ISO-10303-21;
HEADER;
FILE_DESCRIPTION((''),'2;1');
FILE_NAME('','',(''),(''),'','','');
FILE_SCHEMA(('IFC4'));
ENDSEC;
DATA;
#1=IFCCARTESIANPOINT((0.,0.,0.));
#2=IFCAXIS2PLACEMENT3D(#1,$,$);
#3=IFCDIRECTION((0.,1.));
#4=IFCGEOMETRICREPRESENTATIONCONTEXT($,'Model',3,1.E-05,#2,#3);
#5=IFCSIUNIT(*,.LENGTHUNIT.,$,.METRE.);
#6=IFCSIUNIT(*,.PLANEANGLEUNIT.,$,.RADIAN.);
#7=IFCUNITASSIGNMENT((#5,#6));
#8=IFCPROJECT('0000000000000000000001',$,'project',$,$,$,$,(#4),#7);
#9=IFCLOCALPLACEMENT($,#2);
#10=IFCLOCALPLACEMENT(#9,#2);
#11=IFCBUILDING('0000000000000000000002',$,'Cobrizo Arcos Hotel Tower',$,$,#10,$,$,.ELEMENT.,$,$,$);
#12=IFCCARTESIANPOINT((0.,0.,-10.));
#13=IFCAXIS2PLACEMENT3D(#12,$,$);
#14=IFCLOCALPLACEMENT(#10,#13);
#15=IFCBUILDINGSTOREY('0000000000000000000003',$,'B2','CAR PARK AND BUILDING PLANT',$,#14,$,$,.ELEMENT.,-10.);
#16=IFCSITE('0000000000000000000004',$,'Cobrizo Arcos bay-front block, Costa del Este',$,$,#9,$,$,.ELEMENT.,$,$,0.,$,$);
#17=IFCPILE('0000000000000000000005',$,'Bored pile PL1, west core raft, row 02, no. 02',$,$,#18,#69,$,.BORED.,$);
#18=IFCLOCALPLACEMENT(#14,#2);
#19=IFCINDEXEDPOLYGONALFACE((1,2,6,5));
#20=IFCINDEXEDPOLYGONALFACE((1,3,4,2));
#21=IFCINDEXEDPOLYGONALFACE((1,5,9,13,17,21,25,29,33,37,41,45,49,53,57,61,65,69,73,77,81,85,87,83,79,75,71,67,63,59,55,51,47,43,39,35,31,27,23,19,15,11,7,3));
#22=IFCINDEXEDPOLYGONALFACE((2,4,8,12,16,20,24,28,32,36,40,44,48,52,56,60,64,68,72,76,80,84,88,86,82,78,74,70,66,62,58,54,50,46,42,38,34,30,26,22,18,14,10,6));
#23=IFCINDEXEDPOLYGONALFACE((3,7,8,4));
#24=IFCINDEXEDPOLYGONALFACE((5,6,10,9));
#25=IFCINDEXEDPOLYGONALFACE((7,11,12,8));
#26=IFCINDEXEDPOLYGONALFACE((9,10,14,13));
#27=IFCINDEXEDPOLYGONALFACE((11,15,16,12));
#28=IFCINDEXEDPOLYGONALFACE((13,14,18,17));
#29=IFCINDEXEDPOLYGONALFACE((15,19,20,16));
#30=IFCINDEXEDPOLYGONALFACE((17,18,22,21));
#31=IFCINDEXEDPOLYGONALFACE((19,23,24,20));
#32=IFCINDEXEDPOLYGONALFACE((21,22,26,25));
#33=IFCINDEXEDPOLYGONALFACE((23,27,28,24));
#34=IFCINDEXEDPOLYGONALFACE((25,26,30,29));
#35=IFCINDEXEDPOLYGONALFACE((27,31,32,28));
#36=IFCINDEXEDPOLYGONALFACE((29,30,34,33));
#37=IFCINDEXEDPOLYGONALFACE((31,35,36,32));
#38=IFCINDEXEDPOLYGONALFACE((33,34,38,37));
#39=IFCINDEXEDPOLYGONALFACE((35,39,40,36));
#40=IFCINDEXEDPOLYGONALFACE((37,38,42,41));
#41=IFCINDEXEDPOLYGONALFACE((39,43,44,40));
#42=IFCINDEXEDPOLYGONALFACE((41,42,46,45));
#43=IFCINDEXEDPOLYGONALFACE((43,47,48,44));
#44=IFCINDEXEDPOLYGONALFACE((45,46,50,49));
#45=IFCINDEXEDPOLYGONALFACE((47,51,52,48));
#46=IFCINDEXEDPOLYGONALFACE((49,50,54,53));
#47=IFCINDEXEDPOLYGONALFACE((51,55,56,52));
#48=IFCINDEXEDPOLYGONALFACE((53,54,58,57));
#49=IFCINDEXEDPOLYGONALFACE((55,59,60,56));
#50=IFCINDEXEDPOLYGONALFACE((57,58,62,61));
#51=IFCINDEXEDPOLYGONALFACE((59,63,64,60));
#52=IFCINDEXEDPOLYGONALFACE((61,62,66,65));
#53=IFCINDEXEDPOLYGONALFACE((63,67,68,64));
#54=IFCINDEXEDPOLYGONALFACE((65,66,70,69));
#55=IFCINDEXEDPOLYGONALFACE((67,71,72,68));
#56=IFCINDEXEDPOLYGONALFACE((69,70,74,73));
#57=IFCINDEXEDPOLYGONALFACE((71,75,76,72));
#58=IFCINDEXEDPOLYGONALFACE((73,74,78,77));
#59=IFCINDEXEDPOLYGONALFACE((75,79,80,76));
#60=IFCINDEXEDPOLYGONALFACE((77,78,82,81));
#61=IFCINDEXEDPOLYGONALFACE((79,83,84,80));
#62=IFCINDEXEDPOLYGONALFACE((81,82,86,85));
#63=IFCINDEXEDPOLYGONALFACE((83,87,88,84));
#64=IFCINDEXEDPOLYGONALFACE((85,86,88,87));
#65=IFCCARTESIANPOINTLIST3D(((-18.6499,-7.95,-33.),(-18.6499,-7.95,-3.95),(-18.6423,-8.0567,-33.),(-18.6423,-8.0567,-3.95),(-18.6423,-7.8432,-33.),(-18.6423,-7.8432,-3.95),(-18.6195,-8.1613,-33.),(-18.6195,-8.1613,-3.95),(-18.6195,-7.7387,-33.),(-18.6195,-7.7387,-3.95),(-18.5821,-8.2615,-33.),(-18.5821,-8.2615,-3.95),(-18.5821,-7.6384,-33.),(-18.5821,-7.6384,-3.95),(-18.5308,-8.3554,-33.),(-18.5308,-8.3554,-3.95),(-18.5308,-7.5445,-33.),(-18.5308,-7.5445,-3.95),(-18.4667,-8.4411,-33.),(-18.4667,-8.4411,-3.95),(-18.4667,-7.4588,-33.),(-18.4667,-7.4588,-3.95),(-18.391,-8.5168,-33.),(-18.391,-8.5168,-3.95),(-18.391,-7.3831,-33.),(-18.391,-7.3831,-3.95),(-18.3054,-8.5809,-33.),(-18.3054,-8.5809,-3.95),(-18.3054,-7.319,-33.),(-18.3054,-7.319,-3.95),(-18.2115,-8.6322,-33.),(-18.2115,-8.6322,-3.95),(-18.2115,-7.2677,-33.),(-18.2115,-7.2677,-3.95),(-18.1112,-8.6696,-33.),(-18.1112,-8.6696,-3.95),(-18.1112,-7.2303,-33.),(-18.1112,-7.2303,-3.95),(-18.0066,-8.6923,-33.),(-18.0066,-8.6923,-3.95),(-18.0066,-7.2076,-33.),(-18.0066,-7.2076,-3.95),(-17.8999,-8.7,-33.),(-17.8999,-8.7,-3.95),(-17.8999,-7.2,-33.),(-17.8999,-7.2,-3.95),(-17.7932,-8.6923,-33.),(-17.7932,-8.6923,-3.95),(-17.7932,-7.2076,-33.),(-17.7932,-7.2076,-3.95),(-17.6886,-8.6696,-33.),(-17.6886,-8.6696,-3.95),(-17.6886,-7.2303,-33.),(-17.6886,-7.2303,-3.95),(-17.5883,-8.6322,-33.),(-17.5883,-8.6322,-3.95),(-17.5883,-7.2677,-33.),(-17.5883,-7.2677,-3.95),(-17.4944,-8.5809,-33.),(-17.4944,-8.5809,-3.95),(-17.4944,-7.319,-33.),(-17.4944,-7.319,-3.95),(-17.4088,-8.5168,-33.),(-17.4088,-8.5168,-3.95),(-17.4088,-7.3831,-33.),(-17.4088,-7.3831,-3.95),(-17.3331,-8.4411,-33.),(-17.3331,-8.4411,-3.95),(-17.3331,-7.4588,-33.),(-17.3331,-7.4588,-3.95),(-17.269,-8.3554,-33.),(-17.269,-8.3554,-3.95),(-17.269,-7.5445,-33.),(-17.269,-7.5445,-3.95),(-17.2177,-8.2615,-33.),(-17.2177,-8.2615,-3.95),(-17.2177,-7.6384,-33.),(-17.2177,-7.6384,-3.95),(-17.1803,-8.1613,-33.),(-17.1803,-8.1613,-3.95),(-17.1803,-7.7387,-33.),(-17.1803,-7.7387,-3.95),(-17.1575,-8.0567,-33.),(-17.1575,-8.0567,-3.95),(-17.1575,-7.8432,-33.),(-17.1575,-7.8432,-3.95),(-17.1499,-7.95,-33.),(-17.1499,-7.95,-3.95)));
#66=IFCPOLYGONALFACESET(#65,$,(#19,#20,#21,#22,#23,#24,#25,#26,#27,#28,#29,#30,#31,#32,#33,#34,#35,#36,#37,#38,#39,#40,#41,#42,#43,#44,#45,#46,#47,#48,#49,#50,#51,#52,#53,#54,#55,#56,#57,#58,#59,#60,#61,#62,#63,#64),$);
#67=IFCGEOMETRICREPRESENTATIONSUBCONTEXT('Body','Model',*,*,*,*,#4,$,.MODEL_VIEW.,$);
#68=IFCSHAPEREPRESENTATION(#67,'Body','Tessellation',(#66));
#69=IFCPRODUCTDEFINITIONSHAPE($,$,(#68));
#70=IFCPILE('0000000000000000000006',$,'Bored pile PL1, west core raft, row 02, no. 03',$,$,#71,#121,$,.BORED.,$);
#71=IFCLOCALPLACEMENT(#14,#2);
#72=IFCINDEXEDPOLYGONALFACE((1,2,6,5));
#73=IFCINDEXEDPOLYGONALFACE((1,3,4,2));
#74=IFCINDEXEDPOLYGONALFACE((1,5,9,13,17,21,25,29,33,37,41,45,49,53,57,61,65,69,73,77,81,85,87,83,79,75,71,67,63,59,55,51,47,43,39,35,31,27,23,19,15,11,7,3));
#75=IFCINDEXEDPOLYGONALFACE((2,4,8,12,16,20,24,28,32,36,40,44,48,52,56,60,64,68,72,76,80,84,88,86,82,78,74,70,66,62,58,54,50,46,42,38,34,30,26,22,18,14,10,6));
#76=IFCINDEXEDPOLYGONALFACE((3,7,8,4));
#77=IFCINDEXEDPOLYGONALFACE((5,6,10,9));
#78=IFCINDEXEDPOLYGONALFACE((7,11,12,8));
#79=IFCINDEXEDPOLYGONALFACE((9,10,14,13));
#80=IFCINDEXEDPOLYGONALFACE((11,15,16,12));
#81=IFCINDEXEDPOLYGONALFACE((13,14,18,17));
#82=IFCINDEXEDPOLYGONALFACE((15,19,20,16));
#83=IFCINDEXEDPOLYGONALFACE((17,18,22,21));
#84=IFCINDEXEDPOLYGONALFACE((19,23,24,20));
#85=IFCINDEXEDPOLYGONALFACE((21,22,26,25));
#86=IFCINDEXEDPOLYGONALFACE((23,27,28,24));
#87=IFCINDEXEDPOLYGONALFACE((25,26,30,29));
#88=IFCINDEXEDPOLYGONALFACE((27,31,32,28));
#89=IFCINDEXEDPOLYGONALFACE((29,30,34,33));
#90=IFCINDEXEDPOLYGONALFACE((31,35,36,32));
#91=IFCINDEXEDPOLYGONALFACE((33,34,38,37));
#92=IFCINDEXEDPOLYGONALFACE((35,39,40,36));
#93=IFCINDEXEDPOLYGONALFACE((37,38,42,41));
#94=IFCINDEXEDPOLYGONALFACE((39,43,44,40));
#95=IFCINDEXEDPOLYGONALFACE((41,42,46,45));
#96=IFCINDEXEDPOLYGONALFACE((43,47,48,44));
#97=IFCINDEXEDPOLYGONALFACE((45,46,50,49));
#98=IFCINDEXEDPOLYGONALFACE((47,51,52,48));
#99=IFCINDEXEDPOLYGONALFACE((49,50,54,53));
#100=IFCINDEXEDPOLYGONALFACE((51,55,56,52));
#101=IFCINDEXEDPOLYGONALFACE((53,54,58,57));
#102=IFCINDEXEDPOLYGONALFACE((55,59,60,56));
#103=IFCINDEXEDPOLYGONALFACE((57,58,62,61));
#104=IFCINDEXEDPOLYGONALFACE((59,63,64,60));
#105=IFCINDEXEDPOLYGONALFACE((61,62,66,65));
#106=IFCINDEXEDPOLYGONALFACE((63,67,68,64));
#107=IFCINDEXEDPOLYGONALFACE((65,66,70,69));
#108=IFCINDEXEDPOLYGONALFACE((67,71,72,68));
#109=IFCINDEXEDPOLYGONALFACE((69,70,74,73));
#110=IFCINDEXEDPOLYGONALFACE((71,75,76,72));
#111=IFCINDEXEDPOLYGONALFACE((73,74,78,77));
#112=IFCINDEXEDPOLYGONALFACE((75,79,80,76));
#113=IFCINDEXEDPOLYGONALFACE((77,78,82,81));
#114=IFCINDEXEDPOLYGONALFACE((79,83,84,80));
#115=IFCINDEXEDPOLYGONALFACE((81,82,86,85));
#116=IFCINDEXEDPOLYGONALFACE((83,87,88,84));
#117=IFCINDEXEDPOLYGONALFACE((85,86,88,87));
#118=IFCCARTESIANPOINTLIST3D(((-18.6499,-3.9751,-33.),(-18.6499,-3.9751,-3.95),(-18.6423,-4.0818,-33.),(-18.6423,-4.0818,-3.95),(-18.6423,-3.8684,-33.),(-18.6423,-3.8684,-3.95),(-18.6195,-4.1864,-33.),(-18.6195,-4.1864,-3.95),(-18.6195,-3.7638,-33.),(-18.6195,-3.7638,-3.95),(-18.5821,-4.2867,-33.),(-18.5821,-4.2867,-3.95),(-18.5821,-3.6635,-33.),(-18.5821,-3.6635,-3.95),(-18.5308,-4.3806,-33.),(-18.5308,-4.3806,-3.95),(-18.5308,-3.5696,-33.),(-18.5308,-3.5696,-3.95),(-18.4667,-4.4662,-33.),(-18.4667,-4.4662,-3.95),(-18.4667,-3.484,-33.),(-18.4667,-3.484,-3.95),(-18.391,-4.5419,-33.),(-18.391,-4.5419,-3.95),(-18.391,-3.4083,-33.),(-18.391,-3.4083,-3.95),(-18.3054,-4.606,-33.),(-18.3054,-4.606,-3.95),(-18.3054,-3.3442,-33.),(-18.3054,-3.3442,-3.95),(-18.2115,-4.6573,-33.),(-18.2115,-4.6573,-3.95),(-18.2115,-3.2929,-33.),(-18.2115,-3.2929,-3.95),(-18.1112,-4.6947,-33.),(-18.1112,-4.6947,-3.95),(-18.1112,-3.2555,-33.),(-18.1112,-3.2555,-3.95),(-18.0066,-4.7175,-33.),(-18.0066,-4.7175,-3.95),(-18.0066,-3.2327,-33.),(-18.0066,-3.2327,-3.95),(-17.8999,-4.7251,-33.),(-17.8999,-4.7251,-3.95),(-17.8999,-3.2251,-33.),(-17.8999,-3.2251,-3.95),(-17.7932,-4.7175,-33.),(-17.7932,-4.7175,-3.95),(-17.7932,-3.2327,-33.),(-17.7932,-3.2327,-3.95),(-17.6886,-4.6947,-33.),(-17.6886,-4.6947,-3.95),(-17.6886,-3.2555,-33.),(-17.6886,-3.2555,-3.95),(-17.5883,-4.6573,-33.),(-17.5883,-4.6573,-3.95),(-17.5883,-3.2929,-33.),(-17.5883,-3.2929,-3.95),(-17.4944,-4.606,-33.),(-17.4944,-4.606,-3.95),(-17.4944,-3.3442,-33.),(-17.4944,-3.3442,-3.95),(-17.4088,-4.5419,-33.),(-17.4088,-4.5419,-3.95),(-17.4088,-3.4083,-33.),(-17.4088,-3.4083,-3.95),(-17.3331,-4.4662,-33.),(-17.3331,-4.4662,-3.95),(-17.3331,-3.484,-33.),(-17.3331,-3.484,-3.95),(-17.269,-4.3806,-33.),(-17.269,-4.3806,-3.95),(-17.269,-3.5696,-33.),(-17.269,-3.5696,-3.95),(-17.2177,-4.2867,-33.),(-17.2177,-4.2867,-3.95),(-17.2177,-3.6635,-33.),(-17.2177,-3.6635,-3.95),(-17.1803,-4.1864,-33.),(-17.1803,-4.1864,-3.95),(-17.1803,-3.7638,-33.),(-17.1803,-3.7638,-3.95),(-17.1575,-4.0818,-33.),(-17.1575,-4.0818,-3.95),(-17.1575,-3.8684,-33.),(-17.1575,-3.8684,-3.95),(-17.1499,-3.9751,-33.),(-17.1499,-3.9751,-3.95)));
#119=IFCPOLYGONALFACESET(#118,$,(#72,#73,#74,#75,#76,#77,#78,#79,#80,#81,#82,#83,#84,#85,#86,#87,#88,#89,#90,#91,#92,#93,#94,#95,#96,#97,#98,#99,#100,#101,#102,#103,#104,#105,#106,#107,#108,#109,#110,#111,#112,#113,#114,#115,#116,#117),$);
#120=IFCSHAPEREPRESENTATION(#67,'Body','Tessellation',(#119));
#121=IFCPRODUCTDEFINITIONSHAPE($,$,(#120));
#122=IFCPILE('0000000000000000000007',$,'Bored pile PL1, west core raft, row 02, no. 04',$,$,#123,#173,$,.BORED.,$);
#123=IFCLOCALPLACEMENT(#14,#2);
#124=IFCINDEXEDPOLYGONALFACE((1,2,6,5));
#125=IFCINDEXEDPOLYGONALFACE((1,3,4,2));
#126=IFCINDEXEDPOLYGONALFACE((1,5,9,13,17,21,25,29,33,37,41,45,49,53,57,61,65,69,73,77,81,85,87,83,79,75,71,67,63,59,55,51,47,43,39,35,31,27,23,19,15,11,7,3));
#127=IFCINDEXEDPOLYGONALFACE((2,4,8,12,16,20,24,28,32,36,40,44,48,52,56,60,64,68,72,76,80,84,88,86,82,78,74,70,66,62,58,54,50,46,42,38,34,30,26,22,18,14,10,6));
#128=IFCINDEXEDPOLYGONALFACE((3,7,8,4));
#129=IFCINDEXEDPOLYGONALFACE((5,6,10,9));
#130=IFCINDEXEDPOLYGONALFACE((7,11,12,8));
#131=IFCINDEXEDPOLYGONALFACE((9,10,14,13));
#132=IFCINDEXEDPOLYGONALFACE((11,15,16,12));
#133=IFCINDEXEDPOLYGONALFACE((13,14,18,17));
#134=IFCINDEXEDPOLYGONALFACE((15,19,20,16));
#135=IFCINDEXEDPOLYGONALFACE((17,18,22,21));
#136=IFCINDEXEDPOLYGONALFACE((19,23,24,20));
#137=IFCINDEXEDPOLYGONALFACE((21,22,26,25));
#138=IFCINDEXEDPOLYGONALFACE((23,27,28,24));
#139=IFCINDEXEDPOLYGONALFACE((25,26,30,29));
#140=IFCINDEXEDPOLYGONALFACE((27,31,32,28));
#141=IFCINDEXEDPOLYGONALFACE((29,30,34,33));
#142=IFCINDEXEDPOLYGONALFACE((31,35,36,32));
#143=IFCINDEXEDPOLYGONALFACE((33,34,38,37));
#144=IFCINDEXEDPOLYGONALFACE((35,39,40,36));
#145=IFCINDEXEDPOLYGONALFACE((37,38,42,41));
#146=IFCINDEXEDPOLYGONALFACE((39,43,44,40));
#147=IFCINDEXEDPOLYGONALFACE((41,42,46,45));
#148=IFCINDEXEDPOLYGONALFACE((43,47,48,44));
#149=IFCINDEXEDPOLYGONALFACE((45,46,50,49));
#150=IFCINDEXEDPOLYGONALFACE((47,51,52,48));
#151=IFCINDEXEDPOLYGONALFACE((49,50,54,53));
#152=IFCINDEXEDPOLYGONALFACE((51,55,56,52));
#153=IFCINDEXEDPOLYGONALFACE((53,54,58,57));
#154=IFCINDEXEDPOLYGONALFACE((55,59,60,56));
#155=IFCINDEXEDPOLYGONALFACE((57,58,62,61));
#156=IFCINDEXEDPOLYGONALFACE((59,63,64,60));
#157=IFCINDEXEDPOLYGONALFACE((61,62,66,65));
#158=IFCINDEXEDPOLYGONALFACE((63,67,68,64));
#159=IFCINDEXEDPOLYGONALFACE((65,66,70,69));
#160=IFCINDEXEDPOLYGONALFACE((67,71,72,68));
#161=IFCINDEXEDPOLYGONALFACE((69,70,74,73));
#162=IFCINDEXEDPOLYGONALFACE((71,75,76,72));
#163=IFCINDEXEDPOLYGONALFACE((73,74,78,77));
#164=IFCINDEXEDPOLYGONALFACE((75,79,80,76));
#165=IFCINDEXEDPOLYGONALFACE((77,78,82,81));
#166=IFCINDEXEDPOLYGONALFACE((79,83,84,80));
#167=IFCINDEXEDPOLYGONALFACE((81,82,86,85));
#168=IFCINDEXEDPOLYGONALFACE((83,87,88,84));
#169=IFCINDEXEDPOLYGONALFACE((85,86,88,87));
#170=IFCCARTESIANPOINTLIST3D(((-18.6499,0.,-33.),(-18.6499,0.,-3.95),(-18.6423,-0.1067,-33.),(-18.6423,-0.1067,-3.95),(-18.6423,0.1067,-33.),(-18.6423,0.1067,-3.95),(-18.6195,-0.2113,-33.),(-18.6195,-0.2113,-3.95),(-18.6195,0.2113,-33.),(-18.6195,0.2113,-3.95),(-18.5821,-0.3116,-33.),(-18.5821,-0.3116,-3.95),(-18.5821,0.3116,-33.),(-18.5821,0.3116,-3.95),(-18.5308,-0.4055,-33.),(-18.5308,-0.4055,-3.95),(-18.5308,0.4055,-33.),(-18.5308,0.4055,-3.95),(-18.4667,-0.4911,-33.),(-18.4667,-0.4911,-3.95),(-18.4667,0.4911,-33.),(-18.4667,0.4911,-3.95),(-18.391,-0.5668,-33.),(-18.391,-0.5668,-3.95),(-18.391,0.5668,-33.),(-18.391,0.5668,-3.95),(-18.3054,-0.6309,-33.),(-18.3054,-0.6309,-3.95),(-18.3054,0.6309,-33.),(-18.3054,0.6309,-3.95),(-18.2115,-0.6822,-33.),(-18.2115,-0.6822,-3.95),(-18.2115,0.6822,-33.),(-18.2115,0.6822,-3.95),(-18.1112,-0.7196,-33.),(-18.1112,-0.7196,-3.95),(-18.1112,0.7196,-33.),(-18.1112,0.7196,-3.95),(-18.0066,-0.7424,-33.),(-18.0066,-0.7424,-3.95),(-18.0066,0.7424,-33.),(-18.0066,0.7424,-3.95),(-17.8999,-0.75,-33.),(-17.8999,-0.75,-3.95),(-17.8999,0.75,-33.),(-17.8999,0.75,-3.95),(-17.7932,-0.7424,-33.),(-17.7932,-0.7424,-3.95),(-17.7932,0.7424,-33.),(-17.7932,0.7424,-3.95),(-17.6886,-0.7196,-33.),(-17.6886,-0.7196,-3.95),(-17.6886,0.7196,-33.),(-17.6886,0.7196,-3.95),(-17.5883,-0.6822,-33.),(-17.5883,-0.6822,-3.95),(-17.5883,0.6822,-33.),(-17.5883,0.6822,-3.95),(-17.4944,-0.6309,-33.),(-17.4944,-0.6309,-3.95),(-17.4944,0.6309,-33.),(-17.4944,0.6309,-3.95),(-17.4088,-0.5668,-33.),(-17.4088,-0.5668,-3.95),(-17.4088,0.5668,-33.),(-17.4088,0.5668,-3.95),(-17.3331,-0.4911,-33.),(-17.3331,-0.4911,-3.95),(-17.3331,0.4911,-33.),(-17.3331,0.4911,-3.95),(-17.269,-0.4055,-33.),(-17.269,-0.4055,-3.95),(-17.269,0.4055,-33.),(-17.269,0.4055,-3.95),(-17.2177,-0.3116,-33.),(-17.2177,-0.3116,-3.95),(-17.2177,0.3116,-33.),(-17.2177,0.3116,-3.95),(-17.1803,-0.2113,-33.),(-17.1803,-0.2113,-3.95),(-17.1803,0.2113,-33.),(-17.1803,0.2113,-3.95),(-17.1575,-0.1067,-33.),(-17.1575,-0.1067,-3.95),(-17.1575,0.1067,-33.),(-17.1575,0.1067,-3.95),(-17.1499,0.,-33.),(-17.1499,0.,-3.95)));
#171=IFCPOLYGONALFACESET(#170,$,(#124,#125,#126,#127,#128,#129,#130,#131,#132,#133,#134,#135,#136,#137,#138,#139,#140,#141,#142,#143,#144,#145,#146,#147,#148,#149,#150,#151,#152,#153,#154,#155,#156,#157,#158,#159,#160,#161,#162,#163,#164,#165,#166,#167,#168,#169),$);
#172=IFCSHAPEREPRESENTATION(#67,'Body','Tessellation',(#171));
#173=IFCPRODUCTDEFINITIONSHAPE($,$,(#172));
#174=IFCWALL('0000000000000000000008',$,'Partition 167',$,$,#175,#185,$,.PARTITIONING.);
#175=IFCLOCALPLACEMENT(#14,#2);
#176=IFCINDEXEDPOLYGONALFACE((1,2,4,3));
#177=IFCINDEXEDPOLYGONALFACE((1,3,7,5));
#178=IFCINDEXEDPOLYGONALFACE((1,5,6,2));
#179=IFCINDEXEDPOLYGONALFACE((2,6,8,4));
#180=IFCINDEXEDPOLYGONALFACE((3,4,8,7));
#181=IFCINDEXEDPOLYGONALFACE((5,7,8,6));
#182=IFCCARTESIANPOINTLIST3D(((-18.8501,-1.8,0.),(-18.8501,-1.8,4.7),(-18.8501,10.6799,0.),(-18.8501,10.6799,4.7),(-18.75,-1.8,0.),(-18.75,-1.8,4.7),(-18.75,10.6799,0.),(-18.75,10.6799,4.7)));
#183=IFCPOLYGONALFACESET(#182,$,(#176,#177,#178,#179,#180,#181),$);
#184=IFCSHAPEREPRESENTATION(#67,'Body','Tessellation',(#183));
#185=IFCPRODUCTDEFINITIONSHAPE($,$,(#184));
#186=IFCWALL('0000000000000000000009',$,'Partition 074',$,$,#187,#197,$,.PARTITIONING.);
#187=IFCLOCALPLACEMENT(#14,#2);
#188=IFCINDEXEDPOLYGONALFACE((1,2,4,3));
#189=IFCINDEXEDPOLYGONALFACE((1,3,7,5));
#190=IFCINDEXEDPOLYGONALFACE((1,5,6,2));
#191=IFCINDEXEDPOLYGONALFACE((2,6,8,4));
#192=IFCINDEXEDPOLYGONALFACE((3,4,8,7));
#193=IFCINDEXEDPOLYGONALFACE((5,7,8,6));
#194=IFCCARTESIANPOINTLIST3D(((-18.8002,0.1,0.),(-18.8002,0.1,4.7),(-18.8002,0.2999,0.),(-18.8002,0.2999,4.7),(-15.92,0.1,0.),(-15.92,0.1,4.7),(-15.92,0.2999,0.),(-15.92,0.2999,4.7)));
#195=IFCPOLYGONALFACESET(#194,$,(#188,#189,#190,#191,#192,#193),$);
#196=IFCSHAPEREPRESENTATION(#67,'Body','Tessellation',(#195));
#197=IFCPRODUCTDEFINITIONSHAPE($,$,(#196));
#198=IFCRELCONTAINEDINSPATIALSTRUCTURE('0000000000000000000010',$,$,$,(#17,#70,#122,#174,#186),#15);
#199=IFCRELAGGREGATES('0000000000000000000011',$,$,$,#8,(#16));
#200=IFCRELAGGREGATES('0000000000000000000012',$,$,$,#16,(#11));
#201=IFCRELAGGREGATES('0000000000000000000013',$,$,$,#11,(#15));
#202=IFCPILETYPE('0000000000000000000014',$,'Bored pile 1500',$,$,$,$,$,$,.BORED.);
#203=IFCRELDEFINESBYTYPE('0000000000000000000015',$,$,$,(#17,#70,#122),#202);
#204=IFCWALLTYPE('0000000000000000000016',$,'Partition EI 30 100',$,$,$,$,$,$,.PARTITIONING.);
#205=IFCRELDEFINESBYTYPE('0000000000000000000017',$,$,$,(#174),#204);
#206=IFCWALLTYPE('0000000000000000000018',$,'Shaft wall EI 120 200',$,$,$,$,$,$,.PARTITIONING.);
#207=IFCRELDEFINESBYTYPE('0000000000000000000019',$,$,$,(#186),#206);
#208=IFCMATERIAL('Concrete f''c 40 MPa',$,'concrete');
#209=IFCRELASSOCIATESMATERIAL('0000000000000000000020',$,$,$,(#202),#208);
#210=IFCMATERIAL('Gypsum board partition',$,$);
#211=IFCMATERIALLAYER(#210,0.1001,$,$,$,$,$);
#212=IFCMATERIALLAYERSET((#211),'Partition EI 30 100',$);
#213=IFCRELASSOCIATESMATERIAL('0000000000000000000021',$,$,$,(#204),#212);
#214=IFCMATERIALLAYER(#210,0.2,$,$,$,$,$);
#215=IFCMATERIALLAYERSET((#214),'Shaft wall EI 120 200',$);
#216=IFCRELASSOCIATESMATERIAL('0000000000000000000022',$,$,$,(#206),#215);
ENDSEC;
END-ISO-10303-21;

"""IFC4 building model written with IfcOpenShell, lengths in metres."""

from ifc_helpers import new_model, si_unit, direction, frame, frame_2d, origin, origin_2d, place, context, subcontext, project, spatial, rectangle, circle, extrude, material, layer, layer_set, material_profile, profile_set, type_object, element, save


model = new_model("IFC4")

# Units and contexts
model_context = context("Model", 3, precision=1e-05, world=origin(), true_north=direction((0.0, 1.0)))
body_context = subcontext(model_context, "Body", "Model", "MODEL_VIEW")
ifc_project = project(units=[si_unit("LENGTHUNIT", "METRE"), si_unit("PLANEANGLEUNIT", "RADIAN")], contexts=[model_context])

# Site, building, storey
site_placement = place(None, origin())
site = spatial("IfcSite", under=ifc_project, at=site_placement, Name="Cobrizo Arcos bay-front block, Costa del Este", CompositionType="ELEMENT", RefElevation=0.0)
building_placement = place(site_placement, origin())
building = spatial("IfcBuilding", under=site, at=building_placement, Name="Cobrizo Arcos Hotel Tower", CompositionType="ELEMENT")
storey_placement = place(building_placement, frame((0.0, 0.0, -10.0)))
storey = spatial("IfcBuildingStorey", under=building, at=storey_placement, Name="B2", Description="CAR PARK AND BUILDING PLANT", CompositionType="ELEMENT", Elevation=-10.0)

# Piles
ifc_material_1 = material(Name="Concrete f'c 40 MPa", Category="concrete")
ifc_material_profile = material_profile(ifc_material_1, circle(Radius=0.75, at=origin_2d()), Name="BORED PILE 1500")
ifc_profile_set = profile_set([ifc_material_profile], Name="Concrete f'c 40 MPa")
pile_type = type_object("IfcPileType", Name="Bored pile 1500", PredefinedType="BORED", material=ifc_profile_set)
for number, where, z_axis, x_axis, name in (
    (1, (-17.8999, -7.95, -3.95), (0.0, 0.0, -1.0), (1.0, 0.0, 0.0), "Bored pile PL1, west core raft, row 02, no. 02"),
    (2, (-17.8999, -3.9751, -3.95), (0.0, 0.0, -1.0), (1.0, 0.0, 0.0), "Bored pile PL1, west core raft, row 02, no. 03"),
    (3, (-17.8999, 0.0, -3.95), (0.0, 0.0, -1.0), (1.0, 0.0, 0.0), "Bored pile PL1, west core raft, row 02, no. 04"),
):
    element("IfcPile", number, at=place(storey_placement, frame(where, z_axis=z_axis, x_axis=x_axis)), inside=storey, type_object=pile_type, Name=name, PredefinedType="BORED", context=body_context, shape_type="SweptSolid", body=[
        extrude(circle(Radius=0.75, at=origin_2d()), origin(), (0.0, 0.0, 1.0), 29.05),
    ])

# Walls
ifc_material_2 = material(Name="Gypsum board partition")
ifc_layer_1 = layer(ifc_material_2, 0.1001)
ifc_layer_set_1 = layer_set([ifc_layer_1], Name="Partition EI 30 100")
wall_type_1 = type_object("IfcWallType", Name="Partition EI 30 100", PredefinedType="PARTITIONING", material=ifc_layer_set_1)
wall_1_placement = place(storey_placement, frame((-18.8, -1.8, 0.0), z_axis=(0.0, 0.0, 1.0), x_axis=(0.0, 1.0, 0.0)))
element("IfcWall", 4, at=wall_1_placement, inside=storey, type_object=wall_type_1, Name="Partition 167", PredefinedType="PARTITIONING", context=body_context, shape_type="SweptSolid", body=[
    extrude(rectangle(XDim=12.48, YDim=0.1001, at=frame_2d((6.24, 0.0))), origin(), (0.0, 0.0, 1.0), 4.7),
])
ifc_layer_2 = layer(ifc_material_2, 0.2)
ifc_layer_set_2 = layer_set([ifc_layer_2], Name="Shaft wall EI 120 200")
wall_type_2 = type_object("IfcWallType", Name="Shaft wall EI 120 200", PredefinedType="PARTITIONING", material=ifc_layer_set_2)
wall_2_placement = place(storey_placement, frame((-18.8, 0.2, 0.0), z_axis=(0.0, 0.0, 1.0), x_axis=(1.0, 0.0, 0.0)))
element("IfcWall", 5, at=wall_2_placement, inside=storey, type_object=wall_type_2, Name="Partition 074", PredefinedType="PARTITIONING", context=body_context, shape_type="SweptSolid", body=[
    extrude(rectangle(XDim=2.8801, YDim=0.2, at=frame_2d((1.4399, 0.0))), origin(), (0.0, 0.0, 1.0), 4.7),
])

save(model, "model.ifc")
